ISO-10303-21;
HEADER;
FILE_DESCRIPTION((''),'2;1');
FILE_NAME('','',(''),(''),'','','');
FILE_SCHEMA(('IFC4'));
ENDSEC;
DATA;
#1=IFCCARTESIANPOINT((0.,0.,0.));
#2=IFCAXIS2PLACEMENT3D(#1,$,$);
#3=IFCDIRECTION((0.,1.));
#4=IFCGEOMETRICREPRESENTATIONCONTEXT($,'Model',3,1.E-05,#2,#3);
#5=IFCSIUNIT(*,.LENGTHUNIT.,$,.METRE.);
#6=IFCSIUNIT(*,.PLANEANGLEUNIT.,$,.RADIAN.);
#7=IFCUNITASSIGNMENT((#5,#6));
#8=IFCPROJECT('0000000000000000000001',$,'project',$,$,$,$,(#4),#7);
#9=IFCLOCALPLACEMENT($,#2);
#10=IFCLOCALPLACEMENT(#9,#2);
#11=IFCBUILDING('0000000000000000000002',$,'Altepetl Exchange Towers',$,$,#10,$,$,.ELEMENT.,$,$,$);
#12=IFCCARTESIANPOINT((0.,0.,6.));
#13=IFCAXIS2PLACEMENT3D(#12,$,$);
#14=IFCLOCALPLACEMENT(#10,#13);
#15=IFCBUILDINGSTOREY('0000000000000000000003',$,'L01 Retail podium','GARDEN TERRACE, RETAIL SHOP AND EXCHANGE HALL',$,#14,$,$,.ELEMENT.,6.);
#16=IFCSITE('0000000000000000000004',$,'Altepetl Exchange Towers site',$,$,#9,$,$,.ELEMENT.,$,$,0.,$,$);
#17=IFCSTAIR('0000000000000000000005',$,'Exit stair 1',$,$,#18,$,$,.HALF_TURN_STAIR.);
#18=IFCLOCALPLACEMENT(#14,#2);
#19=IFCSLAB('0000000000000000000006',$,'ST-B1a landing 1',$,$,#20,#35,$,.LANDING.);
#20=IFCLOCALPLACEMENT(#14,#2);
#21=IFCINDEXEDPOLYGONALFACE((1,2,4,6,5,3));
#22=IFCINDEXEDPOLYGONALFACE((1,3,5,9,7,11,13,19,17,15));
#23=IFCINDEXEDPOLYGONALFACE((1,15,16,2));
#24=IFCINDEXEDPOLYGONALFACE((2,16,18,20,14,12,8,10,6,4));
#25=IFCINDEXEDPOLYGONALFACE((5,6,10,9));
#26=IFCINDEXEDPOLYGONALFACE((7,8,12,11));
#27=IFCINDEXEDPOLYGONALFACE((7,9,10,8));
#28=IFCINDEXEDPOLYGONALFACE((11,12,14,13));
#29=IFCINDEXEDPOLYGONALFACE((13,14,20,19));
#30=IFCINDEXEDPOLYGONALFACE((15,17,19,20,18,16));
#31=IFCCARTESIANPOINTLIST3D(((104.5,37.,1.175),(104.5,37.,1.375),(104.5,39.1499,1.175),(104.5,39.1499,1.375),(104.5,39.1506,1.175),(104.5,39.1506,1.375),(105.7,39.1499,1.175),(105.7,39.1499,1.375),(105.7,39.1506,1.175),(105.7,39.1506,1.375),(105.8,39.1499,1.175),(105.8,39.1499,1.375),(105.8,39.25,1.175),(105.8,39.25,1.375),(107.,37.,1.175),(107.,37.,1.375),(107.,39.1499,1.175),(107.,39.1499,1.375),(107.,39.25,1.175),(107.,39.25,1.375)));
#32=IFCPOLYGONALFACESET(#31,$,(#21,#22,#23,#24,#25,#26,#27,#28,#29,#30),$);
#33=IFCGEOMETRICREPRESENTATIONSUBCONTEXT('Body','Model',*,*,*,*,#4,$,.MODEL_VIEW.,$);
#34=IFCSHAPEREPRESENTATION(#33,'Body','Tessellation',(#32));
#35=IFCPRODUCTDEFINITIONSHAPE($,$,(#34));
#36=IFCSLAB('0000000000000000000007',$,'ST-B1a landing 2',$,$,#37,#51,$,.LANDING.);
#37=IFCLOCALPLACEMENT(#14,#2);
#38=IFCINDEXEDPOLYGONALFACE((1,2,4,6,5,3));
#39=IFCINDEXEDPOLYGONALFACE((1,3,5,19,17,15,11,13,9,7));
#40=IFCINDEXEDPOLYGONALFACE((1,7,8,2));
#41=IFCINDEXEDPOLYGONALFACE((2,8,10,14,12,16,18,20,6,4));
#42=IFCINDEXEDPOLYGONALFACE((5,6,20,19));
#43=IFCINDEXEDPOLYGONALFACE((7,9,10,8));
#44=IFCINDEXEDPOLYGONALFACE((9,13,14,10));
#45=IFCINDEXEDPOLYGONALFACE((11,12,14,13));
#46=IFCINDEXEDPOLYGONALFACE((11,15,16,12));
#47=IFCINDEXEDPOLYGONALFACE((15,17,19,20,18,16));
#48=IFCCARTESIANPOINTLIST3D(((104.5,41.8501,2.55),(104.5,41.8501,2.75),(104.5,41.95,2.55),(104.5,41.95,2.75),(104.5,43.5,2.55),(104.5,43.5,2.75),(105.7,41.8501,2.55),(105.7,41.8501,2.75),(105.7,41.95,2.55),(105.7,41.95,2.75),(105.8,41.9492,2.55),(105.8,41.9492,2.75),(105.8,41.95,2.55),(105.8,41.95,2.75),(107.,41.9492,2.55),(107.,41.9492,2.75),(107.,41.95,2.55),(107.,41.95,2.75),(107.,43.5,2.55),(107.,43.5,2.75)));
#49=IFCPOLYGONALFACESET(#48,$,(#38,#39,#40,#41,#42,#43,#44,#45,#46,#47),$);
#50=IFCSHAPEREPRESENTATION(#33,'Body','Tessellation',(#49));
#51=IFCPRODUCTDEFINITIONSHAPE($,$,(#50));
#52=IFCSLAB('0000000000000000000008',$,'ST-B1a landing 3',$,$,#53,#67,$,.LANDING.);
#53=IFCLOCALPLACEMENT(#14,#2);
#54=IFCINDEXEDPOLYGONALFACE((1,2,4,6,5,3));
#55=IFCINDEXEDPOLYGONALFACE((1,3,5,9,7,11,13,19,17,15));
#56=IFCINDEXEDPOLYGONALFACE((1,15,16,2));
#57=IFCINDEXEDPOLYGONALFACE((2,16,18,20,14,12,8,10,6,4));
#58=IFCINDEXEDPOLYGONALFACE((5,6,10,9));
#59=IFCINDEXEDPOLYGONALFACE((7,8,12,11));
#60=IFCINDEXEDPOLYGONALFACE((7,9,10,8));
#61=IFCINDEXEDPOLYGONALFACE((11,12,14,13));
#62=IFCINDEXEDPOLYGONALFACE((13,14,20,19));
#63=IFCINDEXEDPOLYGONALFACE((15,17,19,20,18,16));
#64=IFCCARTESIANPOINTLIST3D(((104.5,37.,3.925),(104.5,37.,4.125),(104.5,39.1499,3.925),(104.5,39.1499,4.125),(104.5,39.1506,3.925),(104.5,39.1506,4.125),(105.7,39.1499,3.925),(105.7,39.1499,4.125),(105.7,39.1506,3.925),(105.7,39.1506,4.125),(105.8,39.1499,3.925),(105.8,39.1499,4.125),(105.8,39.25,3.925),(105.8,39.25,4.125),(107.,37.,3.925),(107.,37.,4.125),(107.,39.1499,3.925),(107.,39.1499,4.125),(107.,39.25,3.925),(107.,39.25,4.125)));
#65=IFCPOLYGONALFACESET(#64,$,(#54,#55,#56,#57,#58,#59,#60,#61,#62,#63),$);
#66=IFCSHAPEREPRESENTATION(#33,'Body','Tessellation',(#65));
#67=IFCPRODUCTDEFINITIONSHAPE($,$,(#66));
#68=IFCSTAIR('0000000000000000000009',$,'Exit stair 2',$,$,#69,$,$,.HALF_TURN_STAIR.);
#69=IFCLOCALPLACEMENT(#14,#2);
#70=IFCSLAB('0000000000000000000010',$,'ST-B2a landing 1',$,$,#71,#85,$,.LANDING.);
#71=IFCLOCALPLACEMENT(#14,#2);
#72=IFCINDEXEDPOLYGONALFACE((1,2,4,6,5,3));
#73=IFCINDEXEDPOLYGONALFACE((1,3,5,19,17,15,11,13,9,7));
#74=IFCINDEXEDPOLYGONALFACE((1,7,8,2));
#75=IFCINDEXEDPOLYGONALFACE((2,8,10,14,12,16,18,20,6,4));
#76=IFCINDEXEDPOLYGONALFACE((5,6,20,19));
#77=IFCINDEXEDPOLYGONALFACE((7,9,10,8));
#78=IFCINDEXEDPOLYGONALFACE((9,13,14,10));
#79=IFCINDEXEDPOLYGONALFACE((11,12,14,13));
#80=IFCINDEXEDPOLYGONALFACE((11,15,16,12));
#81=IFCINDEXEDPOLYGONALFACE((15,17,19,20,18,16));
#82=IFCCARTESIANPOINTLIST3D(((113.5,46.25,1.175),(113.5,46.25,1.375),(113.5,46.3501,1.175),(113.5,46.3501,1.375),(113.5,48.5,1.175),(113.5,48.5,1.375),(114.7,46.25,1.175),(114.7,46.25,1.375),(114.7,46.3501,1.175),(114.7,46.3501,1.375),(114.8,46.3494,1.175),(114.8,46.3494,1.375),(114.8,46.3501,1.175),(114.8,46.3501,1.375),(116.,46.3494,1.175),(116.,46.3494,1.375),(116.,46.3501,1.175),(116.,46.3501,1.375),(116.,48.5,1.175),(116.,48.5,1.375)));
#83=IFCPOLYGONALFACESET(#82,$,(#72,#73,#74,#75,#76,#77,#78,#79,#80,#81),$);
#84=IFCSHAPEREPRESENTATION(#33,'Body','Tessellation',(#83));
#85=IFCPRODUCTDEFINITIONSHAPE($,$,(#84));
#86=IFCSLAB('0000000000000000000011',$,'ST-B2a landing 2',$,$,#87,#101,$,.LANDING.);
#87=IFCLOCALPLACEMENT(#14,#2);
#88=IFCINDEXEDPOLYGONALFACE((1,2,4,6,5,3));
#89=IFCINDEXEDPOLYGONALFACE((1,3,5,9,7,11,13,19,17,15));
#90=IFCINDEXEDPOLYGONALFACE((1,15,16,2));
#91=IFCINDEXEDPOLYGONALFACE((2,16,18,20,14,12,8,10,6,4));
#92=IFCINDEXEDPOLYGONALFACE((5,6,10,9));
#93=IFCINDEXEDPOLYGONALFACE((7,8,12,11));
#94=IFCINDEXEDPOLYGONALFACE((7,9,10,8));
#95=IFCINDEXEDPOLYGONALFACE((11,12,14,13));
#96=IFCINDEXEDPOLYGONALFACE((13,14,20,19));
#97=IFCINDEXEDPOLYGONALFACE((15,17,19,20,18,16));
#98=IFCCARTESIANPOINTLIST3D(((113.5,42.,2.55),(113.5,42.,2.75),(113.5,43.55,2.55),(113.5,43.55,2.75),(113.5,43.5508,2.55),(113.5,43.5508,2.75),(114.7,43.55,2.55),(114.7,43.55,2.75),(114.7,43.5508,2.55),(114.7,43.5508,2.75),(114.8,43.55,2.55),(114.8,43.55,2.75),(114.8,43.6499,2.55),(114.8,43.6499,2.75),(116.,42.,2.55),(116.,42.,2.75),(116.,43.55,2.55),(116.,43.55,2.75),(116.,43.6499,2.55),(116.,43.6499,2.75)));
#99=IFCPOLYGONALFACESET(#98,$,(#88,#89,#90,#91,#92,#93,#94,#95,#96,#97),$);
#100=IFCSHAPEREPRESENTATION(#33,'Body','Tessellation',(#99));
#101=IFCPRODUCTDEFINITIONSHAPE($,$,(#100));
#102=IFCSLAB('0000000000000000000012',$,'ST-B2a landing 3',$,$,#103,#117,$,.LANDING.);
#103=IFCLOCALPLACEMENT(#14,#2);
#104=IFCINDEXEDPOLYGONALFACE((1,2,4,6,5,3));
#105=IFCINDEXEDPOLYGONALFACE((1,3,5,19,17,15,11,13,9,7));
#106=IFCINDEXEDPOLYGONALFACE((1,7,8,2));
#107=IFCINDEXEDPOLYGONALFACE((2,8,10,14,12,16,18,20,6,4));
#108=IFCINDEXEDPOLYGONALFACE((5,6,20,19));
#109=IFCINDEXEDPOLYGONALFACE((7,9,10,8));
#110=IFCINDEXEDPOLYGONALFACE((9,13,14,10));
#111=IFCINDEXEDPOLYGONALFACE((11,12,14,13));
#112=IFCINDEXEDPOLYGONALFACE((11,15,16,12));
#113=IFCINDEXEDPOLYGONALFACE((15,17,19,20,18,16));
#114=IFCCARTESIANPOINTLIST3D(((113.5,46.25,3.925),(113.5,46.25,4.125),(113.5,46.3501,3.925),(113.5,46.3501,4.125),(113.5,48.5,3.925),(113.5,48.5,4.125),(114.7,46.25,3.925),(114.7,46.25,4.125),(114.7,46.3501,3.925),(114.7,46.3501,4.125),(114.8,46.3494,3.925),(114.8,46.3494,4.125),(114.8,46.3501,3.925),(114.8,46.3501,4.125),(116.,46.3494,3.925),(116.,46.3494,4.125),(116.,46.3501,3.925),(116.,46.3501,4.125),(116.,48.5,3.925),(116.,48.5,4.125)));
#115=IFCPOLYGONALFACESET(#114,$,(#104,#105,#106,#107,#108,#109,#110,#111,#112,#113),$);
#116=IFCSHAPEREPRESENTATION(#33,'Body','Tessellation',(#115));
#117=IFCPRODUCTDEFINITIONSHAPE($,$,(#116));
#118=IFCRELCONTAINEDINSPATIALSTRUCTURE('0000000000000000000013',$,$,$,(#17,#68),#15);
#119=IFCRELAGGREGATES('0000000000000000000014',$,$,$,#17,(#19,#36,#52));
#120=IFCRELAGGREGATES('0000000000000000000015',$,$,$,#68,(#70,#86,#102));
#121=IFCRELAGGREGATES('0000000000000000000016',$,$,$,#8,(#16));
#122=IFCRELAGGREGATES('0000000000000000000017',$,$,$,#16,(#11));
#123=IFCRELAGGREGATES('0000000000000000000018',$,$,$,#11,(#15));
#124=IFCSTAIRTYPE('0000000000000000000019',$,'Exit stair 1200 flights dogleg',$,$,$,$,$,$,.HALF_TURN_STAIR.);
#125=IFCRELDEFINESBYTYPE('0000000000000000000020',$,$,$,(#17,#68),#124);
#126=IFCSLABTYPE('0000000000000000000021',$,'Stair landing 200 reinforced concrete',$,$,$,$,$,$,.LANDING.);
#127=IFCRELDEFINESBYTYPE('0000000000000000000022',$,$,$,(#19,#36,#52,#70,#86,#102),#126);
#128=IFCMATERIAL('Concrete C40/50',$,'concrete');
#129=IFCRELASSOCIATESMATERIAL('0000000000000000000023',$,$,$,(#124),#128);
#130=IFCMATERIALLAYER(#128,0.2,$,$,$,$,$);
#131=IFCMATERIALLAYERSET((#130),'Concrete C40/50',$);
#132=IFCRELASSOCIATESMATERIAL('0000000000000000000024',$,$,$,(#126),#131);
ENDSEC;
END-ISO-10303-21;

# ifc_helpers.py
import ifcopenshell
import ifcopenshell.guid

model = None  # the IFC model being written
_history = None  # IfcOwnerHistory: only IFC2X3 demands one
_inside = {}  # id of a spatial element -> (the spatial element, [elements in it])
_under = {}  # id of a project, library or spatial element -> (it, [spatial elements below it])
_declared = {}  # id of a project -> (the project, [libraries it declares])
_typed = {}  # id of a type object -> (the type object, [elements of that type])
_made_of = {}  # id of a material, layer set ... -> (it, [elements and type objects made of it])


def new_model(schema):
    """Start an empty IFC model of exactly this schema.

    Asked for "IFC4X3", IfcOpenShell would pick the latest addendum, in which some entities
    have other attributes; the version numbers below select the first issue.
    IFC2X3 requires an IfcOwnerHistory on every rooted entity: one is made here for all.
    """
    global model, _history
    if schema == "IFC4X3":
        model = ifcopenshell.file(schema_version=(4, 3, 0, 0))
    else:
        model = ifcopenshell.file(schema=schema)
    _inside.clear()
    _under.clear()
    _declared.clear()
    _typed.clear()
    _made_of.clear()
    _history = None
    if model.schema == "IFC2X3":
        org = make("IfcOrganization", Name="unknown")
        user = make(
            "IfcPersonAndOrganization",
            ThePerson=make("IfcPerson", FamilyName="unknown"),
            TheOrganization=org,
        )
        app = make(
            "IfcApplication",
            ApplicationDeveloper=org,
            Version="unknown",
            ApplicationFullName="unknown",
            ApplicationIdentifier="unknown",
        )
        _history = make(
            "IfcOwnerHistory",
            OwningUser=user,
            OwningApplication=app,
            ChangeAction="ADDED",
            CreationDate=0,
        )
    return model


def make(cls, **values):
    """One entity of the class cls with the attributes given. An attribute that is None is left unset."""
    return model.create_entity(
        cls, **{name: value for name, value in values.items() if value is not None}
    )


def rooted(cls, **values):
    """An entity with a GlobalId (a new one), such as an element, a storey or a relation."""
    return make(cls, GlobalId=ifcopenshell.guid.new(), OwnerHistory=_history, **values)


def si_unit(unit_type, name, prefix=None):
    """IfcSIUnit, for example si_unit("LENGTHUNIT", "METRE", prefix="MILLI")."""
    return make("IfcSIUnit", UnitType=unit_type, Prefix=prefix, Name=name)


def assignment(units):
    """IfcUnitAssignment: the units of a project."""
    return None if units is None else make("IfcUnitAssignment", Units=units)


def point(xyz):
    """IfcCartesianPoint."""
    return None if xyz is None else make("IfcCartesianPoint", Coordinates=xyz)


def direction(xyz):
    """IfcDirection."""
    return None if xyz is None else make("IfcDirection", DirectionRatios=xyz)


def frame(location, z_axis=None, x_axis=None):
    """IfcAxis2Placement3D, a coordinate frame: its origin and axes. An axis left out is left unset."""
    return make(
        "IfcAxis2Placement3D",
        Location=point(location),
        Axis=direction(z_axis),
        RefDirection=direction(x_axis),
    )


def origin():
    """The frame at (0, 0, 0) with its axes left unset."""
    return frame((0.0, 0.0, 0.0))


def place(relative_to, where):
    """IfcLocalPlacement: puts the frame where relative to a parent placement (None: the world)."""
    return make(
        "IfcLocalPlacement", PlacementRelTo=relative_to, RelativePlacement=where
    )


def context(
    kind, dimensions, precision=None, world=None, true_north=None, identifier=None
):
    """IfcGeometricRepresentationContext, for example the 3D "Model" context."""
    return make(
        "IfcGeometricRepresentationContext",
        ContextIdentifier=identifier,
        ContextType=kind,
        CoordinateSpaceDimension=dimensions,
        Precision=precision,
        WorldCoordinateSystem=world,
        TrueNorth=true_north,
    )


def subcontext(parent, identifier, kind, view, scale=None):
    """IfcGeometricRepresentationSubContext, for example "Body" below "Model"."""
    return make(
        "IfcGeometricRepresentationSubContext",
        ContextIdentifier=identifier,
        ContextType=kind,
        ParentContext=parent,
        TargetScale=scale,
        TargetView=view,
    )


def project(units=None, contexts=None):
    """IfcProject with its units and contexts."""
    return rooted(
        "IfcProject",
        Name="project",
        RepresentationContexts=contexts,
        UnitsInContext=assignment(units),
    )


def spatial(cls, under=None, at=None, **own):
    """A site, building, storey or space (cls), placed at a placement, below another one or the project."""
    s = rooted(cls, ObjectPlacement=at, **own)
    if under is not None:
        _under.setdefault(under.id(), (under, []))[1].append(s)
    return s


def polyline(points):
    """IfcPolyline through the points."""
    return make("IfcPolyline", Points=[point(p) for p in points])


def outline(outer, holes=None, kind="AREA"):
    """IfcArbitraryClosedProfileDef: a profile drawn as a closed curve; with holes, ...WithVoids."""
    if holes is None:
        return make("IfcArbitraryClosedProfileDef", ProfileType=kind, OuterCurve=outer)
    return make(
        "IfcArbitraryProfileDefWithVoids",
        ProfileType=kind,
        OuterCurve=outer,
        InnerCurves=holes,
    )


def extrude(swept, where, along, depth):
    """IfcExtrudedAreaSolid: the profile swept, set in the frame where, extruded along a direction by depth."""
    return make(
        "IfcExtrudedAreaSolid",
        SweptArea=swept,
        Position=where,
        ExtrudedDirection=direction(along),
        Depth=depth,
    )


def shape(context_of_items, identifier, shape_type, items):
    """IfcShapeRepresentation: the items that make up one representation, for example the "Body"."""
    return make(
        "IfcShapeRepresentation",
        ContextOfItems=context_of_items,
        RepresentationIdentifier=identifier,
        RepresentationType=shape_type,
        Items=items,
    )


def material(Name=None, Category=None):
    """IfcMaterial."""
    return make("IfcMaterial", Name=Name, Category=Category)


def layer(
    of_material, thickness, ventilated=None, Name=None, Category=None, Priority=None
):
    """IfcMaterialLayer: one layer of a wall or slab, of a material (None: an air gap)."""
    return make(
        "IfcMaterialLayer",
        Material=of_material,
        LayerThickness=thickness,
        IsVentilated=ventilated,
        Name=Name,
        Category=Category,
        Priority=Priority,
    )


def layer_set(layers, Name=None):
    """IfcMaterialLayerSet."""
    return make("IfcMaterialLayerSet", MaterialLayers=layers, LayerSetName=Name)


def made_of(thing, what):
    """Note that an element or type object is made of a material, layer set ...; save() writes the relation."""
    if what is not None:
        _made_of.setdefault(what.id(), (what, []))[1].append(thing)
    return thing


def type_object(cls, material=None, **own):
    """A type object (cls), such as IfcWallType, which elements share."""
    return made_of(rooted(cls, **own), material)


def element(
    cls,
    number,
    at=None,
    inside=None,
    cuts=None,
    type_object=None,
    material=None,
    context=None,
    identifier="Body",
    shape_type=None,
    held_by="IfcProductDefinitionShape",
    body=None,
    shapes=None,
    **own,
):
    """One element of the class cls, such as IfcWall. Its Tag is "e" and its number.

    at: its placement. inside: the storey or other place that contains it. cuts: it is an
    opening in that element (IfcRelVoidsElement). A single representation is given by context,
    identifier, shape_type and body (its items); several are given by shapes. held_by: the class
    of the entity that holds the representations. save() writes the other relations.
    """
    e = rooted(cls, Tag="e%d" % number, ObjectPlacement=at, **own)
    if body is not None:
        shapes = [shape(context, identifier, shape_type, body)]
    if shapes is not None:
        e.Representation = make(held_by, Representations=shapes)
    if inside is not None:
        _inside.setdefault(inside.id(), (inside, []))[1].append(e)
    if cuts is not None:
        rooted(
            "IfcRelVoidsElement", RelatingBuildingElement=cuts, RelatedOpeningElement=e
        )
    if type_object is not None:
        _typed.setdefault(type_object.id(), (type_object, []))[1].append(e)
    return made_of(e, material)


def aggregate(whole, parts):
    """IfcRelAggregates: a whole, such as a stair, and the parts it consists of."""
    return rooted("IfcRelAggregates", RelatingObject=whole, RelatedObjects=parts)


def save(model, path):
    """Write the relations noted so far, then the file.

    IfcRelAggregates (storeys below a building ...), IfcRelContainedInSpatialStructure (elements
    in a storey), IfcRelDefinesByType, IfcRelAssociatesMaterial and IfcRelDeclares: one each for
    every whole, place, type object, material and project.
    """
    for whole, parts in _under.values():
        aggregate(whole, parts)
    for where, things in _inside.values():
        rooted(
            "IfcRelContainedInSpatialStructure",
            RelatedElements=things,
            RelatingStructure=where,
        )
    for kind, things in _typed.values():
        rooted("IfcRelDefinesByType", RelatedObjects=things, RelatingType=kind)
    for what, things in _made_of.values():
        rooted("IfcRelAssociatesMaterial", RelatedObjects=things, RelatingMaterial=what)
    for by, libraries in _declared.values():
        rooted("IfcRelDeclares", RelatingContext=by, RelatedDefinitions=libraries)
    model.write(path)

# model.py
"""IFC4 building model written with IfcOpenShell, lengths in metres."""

from ifc_helpers import new_model, si_unit, direction, frame, origin, place, context, subcontext, project, spatial, polyline, outline, extrude, material, layer, layer_set, type_object, element, aggregate, save


model = new_model("IFC4")

# Units and contexts
model_context = context("Model", 3, precision=1e-05, world=origin(), true_north=direction((0.0, 1.0)))
body_context = subcontext(model_context, "Body", "Model", "MODEL_VIEW")
ifc_project = project(units=[si_unit("LENGTHUNIT", "METRE"), si_unit("PLANEANGLEUNIT", "RADIAN")], contexts=[model_context])

# Site, building, storey
site_placement = place(None, origin())
site = spatial("IfcSite", under=ifc_project, at=site_placement, Name="Altepetl Exchange Towers site", CompositionType="ELEMENT", RefElevation=0.0)
building_placement = place(site_placement, origin())
building = spatial("IfcBuilding", under=site, at=building_placement, Name="Altepetl Exchange Towers", CompositionType="ELEMENT")
storey_placement = place(building_placement, frame((0.0, 0.0, 6.0)))
storey = spatial("IfcBuildingStorey", under=building, at=storey_placement, Name="L01 Retail podium", Description="GARDEN TERRACE, RETAIL SHOP AND EXCHANGE HALL", CompositionType="ELEMENT", Elevation=6.0)

# Shared definitions
ifc_material_1 = material(Name="Concrete C40/50", Category="concrete")

# Stairs, slabs
stair_type_1 = type_object("IfcStairType", Name="Exit stair 1200 flights dogleg", PredefinedType="HALF_TURN_STAIR", material=ifc_material_1)
ifc_layer_1 = layer(ifc_material_1, 0.2)
ifc_layer_set_1 = layer_set([ifc_layer_1], Name="Concrete C40/50")
slab_type_1 = type_object("IfcSlabType", Name="Stair landing 200 reinforced concrete", PredefinedType="LANDING", material=ifc_layer_set_1)
stair_1_placement = place(storey_placement, origin())
stair_1 = element("IfcStair", 1, at=stair_1_placement, inside=storey, type_object=stair_type_1, Name="Exit stair 1", PredefinedType="HALF_TURN_STAIR")
slab_1_placement = place(storey_placement, frame((0.0, 0.0, 1.175)))
slab_1 = element("IfcSlab", 2, at=slab_1_placement, type_object=slab_type_1, Name="ST-B1a landing 1", PredefinedType="LANDING", context=body_context, shape_type="SweptSolid", body=[
    extrude(outline(polyline([(107.0, 37.0), (104.5, 37.0), (104.5, 39.1499), (104.5, 39.1506), (105.7, 39.1506), (105.7, 39.1499), (105.8, 39.1499), (105.8, 39.25), (107.0, 39.25), (107.0, 39.1499), (107.0, 37.0)])), origin(), (0.0, 0.0, 1.0), 0.2),
])
slab_2_placement = place(storey_placement, frame((0.0, 0.0, 2.55)))
slab_2 = element("IfcSlab", 3, at=slab_2_placement, type_object=slab_type_1, Name="ST-B1a landing 2", PredefinedType="LANDING", context=body_context, shape_type="SweptSolid", body=[
    extrude(outline(polyline([(105.7, 41.8501), (104.5, 41.8501), (104.5, 41.95), (104.5, 43.5), (107.0, 43.5), (107.0, 41.95), (107.0, 41.9492), (105.8, 41.9492), (105.8, 41.95), (105.7, 41.95), (105.7, 41.8501)])), origin(), (0.0, 0.0, 1.0), 0.2),
])
slab_3_placement = place(storey_placement, frame((0.0, 0.0, 3.925)))
slab_3 = element("IfcSlab", 4, at=slab_3_placement, type_object=slab_type_1, Name="ST-B1a landing 3", PredefinedType="LANDING", context=body_context, shape_type="SweptSolid", body=[
    extrude(outline(polyline([(107.0, 37.0), (104.5, 37.0), (104.5, 39.1499), (104.5, 39.1506), (105.7, 39.1506), (105.7, 39.1499), (105.8, 39.1499), (105.8, 39.25), (107.0, 39.25), (107.0, 39.1499), (107.0, 37.0)])), origin(), (0.0, 0.0, 1.0), 0.2),
])
aggregate(stair_1, [slab_1, slab_2, slab_3])
stair_2_placement = place(storey_placement, origin())
stair_2 = element("IfcStair", 5, at=stair_2_placement, inside=storey, type_object=stair_type_1, Name="Exit stair 2", PredefinedType="HALF_TURN_STAIR")
slab_4_placement = place(storey_placement, frame((0.0, 0.0, 1.175)))
slab_4 = element("IfcSlab", 6, at=slab_4_placement, type_object=slab_type_1, Name="ST-B2a landing 1", PredefinedType="LANDING", context=body_context, shape_type="SweptSolid", body=[
    extrude(outline(polyline([(114.7, 46.25), (113.5, 46.25), (113.5, 46.3501), (113.5, 48.5), (116.0, 48.5), (116.0, 46.3501), (116.0, 46.3494), (114.8, 46.3494), (114.8, 46.3501), (114.7, 46.3501), (114.7, 46.25)])), origin(), (0.0, 0.0, 1.0), 0.2),
])
slab_5_placement = place(storey_placement, frame((0.0, 0.0, 2.55)))
slab_5 = element("IfcSlab", 7, at=slab_5_placement, type_object=slab_type_1, Name="ST-B2a landing 2", PredefinedType="LANDING", context=body_context, shape_type="SweptSolid", body=[
    extrude(outline(polyline([(116.0, 42.0), (113.5, 42.0), (113.5, 43.55), (113.5, 43.5508), (114.7, 43.5508), (114.7, 43.55), (114.8, 43.55), (114.8, 43.6499), (116.0, 43.6499), (116.0, 43.55), (116.0, 42.0)])), origin(), (0.0, 0.0, 1.0), 0.2),
])
slab_6_placement = place(storey_placement, frame((0.0, 0.0, 3.925)))
slab_6 = element("IfcSlab", 8, at=slab_6_placement, type_object=slab_type_1, Name="ST-B2a landing 3", PredefinedType="LANDING", context=body_context, shape_type="SweptSolid", body=[
    extrude(outline(polyline([(114.7, 46.25), (113.5, 46.25), (113.5, 46.3501), (113.5, 48.5), (116.0, 48.5), (116.0, 46.3501), (116.0, 46.3494), (114.8, 46.3494), (114.8, 46.3501), (114.7, 46.3501), (114.7, 46.25)])), origin(), (0.0, 0.0, 1.0), 0.2),
])
aggregate(stair_2, [slab_4, slab_5, slab_6])

save(model, "model.ifc")
